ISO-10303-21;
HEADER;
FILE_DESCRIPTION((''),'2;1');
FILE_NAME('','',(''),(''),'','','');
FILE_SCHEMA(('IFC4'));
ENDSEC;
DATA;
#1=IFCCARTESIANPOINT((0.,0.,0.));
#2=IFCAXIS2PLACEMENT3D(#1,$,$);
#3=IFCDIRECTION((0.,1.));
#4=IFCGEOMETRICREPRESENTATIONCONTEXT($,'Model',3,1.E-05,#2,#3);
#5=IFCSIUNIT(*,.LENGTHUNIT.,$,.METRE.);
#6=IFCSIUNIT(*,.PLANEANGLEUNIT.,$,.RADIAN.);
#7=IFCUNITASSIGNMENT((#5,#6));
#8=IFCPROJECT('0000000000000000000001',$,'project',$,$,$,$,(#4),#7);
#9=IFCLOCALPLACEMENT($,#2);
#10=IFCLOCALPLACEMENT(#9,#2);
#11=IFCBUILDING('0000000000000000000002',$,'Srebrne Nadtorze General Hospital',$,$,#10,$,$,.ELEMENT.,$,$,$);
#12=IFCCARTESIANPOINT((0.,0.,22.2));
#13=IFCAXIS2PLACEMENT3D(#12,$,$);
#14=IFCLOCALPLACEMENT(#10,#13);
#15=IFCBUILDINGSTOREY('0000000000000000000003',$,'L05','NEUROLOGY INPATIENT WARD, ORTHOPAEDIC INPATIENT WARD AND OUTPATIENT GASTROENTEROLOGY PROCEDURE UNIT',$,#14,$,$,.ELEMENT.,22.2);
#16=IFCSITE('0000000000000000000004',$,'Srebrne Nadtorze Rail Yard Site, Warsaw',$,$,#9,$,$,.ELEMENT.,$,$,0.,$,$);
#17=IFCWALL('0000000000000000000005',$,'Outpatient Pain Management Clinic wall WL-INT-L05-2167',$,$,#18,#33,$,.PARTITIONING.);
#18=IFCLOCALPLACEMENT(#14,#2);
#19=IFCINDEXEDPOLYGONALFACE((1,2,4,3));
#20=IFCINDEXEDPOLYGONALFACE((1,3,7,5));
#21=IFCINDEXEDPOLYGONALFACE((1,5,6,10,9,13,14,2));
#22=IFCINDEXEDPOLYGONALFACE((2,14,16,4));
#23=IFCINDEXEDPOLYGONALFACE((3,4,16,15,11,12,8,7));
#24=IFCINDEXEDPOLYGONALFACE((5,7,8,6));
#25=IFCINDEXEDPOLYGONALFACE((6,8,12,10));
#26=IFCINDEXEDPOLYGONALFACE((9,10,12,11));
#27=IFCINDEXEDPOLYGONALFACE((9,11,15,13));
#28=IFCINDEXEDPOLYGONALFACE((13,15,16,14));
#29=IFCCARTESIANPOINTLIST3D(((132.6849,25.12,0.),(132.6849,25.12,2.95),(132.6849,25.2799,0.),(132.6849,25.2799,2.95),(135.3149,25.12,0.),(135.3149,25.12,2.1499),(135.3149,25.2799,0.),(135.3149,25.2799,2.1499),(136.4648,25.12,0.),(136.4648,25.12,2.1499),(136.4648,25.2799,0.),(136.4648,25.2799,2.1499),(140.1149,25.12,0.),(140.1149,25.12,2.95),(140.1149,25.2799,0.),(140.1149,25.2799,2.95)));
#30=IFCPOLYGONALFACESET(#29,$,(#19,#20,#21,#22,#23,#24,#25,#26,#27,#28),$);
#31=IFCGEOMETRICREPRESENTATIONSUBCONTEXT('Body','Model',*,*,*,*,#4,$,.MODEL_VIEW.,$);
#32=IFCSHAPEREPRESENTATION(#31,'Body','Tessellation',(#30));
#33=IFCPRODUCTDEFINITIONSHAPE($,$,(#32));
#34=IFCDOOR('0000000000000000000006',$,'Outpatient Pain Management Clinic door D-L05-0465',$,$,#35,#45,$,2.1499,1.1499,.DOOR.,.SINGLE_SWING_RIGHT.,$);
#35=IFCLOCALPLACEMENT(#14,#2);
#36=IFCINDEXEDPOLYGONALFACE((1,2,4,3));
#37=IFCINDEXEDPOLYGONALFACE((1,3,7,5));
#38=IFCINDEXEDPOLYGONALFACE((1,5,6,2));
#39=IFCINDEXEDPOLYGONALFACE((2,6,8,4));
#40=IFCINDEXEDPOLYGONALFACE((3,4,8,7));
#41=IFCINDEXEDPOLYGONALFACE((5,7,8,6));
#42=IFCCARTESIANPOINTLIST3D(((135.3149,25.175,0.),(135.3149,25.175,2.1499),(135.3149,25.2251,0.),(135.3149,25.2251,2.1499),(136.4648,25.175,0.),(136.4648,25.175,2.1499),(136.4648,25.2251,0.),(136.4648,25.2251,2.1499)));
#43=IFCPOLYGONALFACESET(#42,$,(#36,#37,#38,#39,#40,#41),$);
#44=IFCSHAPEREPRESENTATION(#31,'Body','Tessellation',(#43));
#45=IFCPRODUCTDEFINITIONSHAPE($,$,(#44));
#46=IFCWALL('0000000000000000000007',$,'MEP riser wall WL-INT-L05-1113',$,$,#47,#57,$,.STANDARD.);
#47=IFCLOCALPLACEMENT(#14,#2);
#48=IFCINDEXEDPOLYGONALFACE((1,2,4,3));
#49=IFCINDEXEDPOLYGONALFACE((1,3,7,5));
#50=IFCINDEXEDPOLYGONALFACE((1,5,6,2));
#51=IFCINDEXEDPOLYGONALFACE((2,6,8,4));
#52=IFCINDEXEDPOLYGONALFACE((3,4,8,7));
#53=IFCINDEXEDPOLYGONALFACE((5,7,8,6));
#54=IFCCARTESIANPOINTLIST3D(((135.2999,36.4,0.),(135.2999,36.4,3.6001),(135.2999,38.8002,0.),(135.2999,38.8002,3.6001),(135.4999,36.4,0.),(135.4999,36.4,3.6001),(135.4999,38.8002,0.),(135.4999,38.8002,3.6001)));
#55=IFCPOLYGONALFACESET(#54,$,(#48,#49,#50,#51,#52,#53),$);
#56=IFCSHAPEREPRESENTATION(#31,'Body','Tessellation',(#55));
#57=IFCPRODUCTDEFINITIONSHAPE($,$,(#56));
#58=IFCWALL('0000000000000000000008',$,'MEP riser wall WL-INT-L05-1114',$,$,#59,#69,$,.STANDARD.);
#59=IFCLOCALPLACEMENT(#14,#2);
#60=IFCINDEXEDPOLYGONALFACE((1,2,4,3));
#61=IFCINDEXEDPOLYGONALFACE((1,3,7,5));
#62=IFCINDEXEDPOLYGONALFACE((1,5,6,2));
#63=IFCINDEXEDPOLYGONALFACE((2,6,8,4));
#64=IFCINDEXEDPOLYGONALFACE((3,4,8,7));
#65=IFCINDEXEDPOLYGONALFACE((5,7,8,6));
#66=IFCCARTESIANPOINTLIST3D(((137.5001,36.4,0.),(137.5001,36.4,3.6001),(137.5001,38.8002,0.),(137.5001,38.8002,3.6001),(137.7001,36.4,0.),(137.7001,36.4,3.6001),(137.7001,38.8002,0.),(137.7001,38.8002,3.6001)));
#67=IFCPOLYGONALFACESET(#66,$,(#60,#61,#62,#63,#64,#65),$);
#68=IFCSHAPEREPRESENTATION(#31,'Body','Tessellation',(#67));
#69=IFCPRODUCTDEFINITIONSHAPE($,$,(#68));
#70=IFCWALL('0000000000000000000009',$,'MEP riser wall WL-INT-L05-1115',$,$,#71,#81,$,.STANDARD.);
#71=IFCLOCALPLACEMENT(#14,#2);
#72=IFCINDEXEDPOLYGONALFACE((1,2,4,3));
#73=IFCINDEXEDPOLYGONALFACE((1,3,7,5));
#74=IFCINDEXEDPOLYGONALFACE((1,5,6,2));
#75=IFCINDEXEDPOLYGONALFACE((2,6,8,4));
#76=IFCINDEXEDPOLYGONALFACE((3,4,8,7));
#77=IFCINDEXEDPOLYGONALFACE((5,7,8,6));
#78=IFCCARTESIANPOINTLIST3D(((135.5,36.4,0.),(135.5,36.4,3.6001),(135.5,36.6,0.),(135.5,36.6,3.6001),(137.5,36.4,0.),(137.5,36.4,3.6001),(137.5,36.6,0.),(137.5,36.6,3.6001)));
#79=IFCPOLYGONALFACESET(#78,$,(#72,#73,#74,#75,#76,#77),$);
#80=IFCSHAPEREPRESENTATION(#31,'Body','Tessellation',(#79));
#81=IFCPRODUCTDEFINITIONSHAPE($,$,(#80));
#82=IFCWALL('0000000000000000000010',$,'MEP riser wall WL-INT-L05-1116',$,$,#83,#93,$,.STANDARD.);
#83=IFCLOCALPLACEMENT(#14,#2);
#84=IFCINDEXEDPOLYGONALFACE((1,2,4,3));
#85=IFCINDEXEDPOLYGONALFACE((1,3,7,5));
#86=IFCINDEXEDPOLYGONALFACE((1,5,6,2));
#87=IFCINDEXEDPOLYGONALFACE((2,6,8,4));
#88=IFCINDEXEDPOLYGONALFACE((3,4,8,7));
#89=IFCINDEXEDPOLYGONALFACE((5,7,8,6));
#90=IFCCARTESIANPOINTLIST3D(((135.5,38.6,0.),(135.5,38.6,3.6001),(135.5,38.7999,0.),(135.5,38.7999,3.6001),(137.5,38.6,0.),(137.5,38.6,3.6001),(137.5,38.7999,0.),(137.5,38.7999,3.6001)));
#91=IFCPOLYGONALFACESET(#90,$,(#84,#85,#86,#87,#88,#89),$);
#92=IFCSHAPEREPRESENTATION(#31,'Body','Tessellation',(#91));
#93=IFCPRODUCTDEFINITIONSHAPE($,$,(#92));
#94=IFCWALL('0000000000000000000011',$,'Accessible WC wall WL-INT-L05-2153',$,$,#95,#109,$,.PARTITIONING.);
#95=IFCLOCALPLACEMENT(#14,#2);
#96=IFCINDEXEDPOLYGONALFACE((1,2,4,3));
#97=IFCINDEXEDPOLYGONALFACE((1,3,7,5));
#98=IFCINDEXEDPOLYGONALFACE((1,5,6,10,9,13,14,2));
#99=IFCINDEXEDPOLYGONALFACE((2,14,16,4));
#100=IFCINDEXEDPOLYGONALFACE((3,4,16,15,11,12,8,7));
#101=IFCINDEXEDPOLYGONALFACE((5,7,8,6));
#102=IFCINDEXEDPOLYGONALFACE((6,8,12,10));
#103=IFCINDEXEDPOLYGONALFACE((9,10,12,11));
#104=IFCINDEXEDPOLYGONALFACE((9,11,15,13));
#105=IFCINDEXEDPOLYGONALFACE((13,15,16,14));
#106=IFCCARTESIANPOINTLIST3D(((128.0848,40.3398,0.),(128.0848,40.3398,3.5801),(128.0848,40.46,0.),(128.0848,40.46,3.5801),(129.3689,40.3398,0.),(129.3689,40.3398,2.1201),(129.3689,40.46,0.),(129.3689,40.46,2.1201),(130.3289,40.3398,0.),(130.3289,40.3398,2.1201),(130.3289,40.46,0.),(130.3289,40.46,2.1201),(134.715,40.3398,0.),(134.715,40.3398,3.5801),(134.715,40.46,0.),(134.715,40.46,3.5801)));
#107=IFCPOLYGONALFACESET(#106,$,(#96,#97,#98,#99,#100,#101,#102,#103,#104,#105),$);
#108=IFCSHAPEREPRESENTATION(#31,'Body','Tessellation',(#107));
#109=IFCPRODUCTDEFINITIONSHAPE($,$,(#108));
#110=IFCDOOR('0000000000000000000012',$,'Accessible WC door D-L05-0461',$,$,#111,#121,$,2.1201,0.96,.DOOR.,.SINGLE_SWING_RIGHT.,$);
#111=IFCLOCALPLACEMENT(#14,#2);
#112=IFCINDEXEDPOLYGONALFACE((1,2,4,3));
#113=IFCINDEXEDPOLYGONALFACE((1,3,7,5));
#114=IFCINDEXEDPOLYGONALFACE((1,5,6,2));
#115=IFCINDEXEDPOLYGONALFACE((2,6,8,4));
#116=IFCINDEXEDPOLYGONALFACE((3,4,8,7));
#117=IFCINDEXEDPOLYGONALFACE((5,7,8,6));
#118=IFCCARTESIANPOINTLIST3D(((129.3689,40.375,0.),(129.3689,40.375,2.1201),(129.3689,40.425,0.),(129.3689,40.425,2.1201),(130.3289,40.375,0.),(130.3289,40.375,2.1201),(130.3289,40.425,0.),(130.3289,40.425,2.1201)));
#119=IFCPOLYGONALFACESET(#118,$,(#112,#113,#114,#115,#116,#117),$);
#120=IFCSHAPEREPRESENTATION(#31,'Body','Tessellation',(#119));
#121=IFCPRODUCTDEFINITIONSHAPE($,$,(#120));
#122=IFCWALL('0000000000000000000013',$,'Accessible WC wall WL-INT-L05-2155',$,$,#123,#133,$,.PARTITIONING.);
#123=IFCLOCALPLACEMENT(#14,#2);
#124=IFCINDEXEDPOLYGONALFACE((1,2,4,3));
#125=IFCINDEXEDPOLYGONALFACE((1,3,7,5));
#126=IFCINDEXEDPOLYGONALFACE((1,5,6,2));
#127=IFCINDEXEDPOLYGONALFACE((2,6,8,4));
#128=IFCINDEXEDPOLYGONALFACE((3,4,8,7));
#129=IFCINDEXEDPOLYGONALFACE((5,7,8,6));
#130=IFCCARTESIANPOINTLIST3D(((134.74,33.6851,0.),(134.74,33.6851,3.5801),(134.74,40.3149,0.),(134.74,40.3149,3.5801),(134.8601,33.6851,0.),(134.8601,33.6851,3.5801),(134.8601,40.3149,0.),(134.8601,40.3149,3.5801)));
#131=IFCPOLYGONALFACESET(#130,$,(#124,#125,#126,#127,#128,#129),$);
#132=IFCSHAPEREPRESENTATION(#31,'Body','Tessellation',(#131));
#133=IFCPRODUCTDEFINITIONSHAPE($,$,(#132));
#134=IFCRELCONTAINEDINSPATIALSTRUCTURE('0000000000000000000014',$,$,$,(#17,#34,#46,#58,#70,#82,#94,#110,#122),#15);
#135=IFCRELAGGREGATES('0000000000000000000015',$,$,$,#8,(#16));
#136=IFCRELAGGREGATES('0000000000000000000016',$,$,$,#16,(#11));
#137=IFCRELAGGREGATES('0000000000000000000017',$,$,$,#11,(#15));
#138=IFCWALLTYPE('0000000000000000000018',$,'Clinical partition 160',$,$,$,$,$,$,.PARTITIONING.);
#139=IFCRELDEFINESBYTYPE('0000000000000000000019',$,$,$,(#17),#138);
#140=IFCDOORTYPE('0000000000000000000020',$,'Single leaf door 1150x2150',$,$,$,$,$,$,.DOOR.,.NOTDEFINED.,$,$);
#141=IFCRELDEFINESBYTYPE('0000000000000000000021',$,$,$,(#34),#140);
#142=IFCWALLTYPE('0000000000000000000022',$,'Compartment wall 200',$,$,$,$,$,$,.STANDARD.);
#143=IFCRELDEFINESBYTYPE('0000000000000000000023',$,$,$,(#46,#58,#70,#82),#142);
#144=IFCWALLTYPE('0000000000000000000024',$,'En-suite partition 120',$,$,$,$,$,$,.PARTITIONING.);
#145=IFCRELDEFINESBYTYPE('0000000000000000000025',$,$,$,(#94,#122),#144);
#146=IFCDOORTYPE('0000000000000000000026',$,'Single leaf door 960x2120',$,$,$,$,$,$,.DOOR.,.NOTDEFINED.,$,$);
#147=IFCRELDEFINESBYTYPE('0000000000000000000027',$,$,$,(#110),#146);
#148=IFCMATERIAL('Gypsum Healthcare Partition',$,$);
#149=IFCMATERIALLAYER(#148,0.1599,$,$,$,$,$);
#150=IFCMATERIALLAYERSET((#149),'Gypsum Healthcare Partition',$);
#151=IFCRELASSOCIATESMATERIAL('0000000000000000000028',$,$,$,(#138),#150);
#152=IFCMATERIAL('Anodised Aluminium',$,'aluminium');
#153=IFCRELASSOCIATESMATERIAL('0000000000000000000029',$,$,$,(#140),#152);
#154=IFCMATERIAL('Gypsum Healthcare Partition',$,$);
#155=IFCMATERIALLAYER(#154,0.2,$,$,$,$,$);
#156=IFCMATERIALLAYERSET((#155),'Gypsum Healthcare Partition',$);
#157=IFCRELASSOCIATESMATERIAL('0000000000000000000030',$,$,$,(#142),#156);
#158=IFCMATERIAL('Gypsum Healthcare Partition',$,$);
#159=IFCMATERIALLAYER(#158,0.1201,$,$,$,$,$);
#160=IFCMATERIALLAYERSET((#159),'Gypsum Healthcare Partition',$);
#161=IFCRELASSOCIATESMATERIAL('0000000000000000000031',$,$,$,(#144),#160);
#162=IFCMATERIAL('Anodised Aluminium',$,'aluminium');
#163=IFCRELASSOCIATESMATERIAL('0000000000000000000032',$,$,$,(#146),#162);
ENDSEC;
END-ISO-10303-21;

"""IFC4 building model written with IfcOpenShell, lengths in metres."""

from ifc_helpers import new_model, si_unit, direction, frame, frame_2d, origin, place, context, subcontext, project, spatial, rectangle, extrude, material, layer, layer_set, type_object, element, fill, save


model = new_model("IFC4")

# Units and contexts
model_context = context("Model", 3, precision=1e-05, world=origin(), true_north=direction((0.0, 1.0)))
body_context = subcontext(model_context, "Body", "Model", "MODEL_VIEW")
ifc_project = project(units=[si_unit("LENGTHUNIT", "METRE"), si_unit("PLANEANGLEUNIT", "RADIAN")], contexts=[model_context])

# Site, building, storey
site_placement = place(None, origin())
site = spatial("IfcSite", under=ifc_project, at=site_placement, Name="Srebrne Nadtorze Rail Yard Site, Warsaw", CompositionType="ELEMENT", RefElevation=0.0)
building_placement = place(site_placement, origin())
building = spatial("IfcBuilding", under=site, at=building_placement, Name="Srebrne Nadtorze General Hospital", CompositionType="ELEMENT")
storey_placement = place(building_placement, frame((0.0, 0.0, 22.2)))
storey = spatial("IfcBuildingStorey", under=building, at=storey_placement, Name="L05", Description="NEUROLOGY INPATIENT WARD, ORTHOPAEDIC INPATIENT WARD AND OUTPATIENT GASTROENTEROLOGY PROCEDURE UNIT", CompositionType="ELEMENT", Elevation=22.2)

# Shared definitions
ifc_material_1 = material(Name="Gypsum Healthcare Partition")
ifc_layer_1 = layer(ifc_material_1, 0.1599)
ifc_layer_set_1 = layer_set([ifc_layer_1], Name="Gypsum Healthcare Partition")
wall_type_1 = type_object("IfcWallType", Name="Clinical partition 160", PredefinedType="PARTITIONING", material=ifc_layer_set_1)

# Wall, opening, door
wall_1_placement = place(storey_placement, frame((132.6851, 25.2, 0.0), z_axis=(0.0, 0.0, 1.0), x_axis=(1.0, 0.0, 0.0)))
wall_1 = element("IfcWall", 1, at=wall_1_placement, inside=storey, type_object=wall_type_1, Name="Outpatient Pain Management Clinic wall WL-INT-L05-2167", PredefinedType="PARTITIONING", context=body_context, shape_type="SweptSolid", body=[
    extrude(rectangle(XDim=7.4299, YDim=0.1599, at=frame_2d((3.7148, 0.0))), origin(), (0.0, 0.0, 1.0), 2.95),
])
opening_1_placement = place(wall_1_placement, frame((2.6299, 0.0, 0.0)))
opening_1 = element("IfcOpeningElement", 2, at=opening_1_placement, cuts=wall_1, PredefinedType="OPENING", context=body_context, shape_type="SweptSolid", body=[
    extrude(rectangle(XDim=1.1499, YDim=2.1499, at=frame_2d((0.575, 1.075))), frame((0.0, 0.0918, 0.0), z_axis=(0.0, -1.0, 0.0), x_axis=(1.0, 0.0, 0.0)), (0.0, 0.0, 1.0), 0.1838),
])
ifc_material_2 = material(Name="Anodised Aluminium", Category="aluminium")
door_type_1 = type_object("IfcDoorType", Name="Single leaf door 1150x2150", OperationType="NOTDEFINED", PredefinedType="DOOR", material=ifc_material_2)
door_1_placement = place(opening_1_placement, frame((1.1499, 0.0, 0.0), z_axis=(0.0, 0.0, 1.0), x_axis=(-1.0, 0.0, 0.0)))
door_1 = element("IfcDoor", 3, at=door_1_placement, inside=storey, type_object=door_type_1, Name="Outpatient Pain Management Clinic door D-L05-0465", OperationType="SINGLE_SWING_RIGHT", OverallHeight=2.1499, OverallWidth=1.1499, PredefinedType="DOOR", context=body_context, shape_type="SweptSolid", body=[
    extrude(rectangle(XDim=1.1499, YDim=2.1499, at=frame_2d((0.575, 1.075))), frame((0.0, 0.0249, 0.0), z_axis=(0.0, -1.0, 0.0), x_axis=(1.0, 0.0, 0.0)), (0.0, 0.0, 1.0), 0.05),
])
fill(opening_1, door_1)

# Walls
ifc_material_3 = material(Name="Gypsum Healthcare Partition")
ifc_layer_2 = layer(ifc_material_3, 0.2)
ifc_layer_set_2 = layer_set([ifc_layer_2], Name="Gypsum Healthcare Partition")
wall_type_2 = type_object("IfcWallType", Name="Compartment wall 200", PredefinedType="STANDARD", material=ifc_layer_set_2)
for number, where, z_axis, x_axis, name in (
    (4, (135.3999, 36.3999, 0.0), (0.0, 0.0, 1.0), (0.0, 1.0, 0.0), "MEP riser wall WL-INT-L05-1113"),
    (5, (137.6001, 36.3999, 0.0), (0.0, 0.0, 1.0), (0.0, 1.0, 0.0), "MEP riser wall WL-INT-L05-1114"),
):
    element("IfcWall", number, at=place(storey_placement, frame(where, z_axis=z_axis, x_axis=x_axis)), inside=storey, type_object=wall_type_2, Name=name, PredefinedType="STANDARD", context=body_context, shape_type="SweptSolid", body=[
        extrude(rectangle(XDim=2.4001, YDim=0.2, at=frame_2d((1.2002, 0.0))), origin(), (0.0, 0.0, 1.0), 3.6001),
    ])
for number, where, z_axis, x_axis, name in (
    (6, (135.5, 36.5, 0.0), (0.0, 0.0, 1.0), (1.0, 0.0, 0.0), "MEP riser wall WL-INT-L05-1115"),
    (7, (135.5, 38.7, 0.0), (0.0, 0.0, 1.0), (1.0, 0.0, 0.0), "MEP riser wall WL-INT-L05-1116"),
):
    element("IfcWall", number, at=place(storey_placement, frame(where, z_axis=z_axis, x_axis=x_axis)), inside=storey, type_object=wall_type_2, Name=name, PredefinedType="STANDARD", context=body_context, shape_type="SweptSolid", body=[
        extrude(rectangle(XDim=2.0, YDim=0.2, at=frame_2d((1.0, 0.0))), origin(), (0.0, 0.0, 1.0), 3.6001),
    ])

# Wall, opening, door
ifc_material_4 = material(Name="Gypsum Healthcare Partition")
ifc_layer_3 = layer(ifc_material_4, 0.1201)
ifc_layer_set_3 = layer_set([ifc_layer_3], Name="Gypsum Healthcare Partition")
wall_type_3 = type_object("IfcWallType", Name="En-suite partition 120", PredefinedType="PARTITIONING", material=ifc_layer_set_3)
wall_2_placement = place(storey_placement, frame((128.085, 40.3999, 0.0), z_axis=(0.0, 0.0, 1.0), x_axis=(1.0, 0.0, 0.0)))
wall_2 = element("IfcWall", 8, at=wall_2_placement, inside=storey, type_object=wall_type_3, Name="Accessible WC wall WL-INT-L05-2153", PredefinedType="PARTITIONING", context=body_context, shape_type="SweptSolid", body=[
    extrude(rectangle(XDim=6.6301, YDim=0.1201, at=frame_2d((3.3149, 0.0))), origin(), (0.0, 0.0, 1.0), 3.5801),
])
opening_2_placement = place(wall_2_placement, frame((1.2839, 0.0, 0.0)))
opening_2 = element("IfcOpeningElement", 9, at=opening_2_placement, cuts=wall_2, PredefinedType="OPENING", context=body_context, shape_type="SweptSolid", body=[
    extrude(rectangle(XDim=0.96, YDim=2.1201, at=frame_2d((0.48, 1.0601))), frame((0.0, 0.072, 0.0), z_axis=(0.0, -1.0, 0.0), x_axis=(1.0, 0.0, 0.0)), (0.0, 0.0, 1.0), 0.144),
])
ifc_material_5 = material(Name="Anodised Aluminium", Category="aluminium")
door_type_2 = type_object("IfcDoorType", Name="Single leaf door 960x2120", OperationType="NOTDEFINED", PredefinedType="DOOR", material=ifc_material_5)
door_2_placement = place(opening_2_placement, frame((0.96, 0.0, 0.0), z_axis=(0.0, 0.0, 1.0), x_axis=(-1.0, 0.0, 0.0)))
door_2 = element("IfcDoor", 10, at=door_2_placement, inside=storey, type_object=door_type_2, Name="Accessible WC door D-L05-0461", OperationType="SINGLE_SWING_RIGHT", OverallHeight=2.1201, OverallWidth=0.96, PredefinedType="DOOR", context=body_context, shape_type="SweptSolid", body=[
    extrude(rectangle(XDim=0.96, YDim=2.1201, at=frame_2d((0.48, 1.0601))), frame((0.0, 0.0249, 0.0), z_axis=(0.0, -1.0, 0.0), x_axis=(1.0, 0.0, 0.0)), (0.0, 0.0, 1.0), 0.05),
])
fill(opening_2, door_2)

# Wall
wall_3_placement = place(storey_placement, frame((134.8, 33.6851, 0.0), z_axis=(0.0, 0.0, 1.0), x_axis=(0.0, 1.0, 0.0)))
element("IfcWall", 11, at=wall_3_placement, inside=storey, type_object=wall_type_3, Name="Accessible WC wall WL-INT-L05-2155", PredefinedType="PARTITIONING", context=body_context, shape_type="SweptSolid", body=[
    extrude(rectangle(XDim=6.6299, YDim=0.1201, at=frame_2d((3.3149, 0.0))), origin(), (0.0, 0.0, 1.0), 3.5801),
])

save(model, "model.ifc")
